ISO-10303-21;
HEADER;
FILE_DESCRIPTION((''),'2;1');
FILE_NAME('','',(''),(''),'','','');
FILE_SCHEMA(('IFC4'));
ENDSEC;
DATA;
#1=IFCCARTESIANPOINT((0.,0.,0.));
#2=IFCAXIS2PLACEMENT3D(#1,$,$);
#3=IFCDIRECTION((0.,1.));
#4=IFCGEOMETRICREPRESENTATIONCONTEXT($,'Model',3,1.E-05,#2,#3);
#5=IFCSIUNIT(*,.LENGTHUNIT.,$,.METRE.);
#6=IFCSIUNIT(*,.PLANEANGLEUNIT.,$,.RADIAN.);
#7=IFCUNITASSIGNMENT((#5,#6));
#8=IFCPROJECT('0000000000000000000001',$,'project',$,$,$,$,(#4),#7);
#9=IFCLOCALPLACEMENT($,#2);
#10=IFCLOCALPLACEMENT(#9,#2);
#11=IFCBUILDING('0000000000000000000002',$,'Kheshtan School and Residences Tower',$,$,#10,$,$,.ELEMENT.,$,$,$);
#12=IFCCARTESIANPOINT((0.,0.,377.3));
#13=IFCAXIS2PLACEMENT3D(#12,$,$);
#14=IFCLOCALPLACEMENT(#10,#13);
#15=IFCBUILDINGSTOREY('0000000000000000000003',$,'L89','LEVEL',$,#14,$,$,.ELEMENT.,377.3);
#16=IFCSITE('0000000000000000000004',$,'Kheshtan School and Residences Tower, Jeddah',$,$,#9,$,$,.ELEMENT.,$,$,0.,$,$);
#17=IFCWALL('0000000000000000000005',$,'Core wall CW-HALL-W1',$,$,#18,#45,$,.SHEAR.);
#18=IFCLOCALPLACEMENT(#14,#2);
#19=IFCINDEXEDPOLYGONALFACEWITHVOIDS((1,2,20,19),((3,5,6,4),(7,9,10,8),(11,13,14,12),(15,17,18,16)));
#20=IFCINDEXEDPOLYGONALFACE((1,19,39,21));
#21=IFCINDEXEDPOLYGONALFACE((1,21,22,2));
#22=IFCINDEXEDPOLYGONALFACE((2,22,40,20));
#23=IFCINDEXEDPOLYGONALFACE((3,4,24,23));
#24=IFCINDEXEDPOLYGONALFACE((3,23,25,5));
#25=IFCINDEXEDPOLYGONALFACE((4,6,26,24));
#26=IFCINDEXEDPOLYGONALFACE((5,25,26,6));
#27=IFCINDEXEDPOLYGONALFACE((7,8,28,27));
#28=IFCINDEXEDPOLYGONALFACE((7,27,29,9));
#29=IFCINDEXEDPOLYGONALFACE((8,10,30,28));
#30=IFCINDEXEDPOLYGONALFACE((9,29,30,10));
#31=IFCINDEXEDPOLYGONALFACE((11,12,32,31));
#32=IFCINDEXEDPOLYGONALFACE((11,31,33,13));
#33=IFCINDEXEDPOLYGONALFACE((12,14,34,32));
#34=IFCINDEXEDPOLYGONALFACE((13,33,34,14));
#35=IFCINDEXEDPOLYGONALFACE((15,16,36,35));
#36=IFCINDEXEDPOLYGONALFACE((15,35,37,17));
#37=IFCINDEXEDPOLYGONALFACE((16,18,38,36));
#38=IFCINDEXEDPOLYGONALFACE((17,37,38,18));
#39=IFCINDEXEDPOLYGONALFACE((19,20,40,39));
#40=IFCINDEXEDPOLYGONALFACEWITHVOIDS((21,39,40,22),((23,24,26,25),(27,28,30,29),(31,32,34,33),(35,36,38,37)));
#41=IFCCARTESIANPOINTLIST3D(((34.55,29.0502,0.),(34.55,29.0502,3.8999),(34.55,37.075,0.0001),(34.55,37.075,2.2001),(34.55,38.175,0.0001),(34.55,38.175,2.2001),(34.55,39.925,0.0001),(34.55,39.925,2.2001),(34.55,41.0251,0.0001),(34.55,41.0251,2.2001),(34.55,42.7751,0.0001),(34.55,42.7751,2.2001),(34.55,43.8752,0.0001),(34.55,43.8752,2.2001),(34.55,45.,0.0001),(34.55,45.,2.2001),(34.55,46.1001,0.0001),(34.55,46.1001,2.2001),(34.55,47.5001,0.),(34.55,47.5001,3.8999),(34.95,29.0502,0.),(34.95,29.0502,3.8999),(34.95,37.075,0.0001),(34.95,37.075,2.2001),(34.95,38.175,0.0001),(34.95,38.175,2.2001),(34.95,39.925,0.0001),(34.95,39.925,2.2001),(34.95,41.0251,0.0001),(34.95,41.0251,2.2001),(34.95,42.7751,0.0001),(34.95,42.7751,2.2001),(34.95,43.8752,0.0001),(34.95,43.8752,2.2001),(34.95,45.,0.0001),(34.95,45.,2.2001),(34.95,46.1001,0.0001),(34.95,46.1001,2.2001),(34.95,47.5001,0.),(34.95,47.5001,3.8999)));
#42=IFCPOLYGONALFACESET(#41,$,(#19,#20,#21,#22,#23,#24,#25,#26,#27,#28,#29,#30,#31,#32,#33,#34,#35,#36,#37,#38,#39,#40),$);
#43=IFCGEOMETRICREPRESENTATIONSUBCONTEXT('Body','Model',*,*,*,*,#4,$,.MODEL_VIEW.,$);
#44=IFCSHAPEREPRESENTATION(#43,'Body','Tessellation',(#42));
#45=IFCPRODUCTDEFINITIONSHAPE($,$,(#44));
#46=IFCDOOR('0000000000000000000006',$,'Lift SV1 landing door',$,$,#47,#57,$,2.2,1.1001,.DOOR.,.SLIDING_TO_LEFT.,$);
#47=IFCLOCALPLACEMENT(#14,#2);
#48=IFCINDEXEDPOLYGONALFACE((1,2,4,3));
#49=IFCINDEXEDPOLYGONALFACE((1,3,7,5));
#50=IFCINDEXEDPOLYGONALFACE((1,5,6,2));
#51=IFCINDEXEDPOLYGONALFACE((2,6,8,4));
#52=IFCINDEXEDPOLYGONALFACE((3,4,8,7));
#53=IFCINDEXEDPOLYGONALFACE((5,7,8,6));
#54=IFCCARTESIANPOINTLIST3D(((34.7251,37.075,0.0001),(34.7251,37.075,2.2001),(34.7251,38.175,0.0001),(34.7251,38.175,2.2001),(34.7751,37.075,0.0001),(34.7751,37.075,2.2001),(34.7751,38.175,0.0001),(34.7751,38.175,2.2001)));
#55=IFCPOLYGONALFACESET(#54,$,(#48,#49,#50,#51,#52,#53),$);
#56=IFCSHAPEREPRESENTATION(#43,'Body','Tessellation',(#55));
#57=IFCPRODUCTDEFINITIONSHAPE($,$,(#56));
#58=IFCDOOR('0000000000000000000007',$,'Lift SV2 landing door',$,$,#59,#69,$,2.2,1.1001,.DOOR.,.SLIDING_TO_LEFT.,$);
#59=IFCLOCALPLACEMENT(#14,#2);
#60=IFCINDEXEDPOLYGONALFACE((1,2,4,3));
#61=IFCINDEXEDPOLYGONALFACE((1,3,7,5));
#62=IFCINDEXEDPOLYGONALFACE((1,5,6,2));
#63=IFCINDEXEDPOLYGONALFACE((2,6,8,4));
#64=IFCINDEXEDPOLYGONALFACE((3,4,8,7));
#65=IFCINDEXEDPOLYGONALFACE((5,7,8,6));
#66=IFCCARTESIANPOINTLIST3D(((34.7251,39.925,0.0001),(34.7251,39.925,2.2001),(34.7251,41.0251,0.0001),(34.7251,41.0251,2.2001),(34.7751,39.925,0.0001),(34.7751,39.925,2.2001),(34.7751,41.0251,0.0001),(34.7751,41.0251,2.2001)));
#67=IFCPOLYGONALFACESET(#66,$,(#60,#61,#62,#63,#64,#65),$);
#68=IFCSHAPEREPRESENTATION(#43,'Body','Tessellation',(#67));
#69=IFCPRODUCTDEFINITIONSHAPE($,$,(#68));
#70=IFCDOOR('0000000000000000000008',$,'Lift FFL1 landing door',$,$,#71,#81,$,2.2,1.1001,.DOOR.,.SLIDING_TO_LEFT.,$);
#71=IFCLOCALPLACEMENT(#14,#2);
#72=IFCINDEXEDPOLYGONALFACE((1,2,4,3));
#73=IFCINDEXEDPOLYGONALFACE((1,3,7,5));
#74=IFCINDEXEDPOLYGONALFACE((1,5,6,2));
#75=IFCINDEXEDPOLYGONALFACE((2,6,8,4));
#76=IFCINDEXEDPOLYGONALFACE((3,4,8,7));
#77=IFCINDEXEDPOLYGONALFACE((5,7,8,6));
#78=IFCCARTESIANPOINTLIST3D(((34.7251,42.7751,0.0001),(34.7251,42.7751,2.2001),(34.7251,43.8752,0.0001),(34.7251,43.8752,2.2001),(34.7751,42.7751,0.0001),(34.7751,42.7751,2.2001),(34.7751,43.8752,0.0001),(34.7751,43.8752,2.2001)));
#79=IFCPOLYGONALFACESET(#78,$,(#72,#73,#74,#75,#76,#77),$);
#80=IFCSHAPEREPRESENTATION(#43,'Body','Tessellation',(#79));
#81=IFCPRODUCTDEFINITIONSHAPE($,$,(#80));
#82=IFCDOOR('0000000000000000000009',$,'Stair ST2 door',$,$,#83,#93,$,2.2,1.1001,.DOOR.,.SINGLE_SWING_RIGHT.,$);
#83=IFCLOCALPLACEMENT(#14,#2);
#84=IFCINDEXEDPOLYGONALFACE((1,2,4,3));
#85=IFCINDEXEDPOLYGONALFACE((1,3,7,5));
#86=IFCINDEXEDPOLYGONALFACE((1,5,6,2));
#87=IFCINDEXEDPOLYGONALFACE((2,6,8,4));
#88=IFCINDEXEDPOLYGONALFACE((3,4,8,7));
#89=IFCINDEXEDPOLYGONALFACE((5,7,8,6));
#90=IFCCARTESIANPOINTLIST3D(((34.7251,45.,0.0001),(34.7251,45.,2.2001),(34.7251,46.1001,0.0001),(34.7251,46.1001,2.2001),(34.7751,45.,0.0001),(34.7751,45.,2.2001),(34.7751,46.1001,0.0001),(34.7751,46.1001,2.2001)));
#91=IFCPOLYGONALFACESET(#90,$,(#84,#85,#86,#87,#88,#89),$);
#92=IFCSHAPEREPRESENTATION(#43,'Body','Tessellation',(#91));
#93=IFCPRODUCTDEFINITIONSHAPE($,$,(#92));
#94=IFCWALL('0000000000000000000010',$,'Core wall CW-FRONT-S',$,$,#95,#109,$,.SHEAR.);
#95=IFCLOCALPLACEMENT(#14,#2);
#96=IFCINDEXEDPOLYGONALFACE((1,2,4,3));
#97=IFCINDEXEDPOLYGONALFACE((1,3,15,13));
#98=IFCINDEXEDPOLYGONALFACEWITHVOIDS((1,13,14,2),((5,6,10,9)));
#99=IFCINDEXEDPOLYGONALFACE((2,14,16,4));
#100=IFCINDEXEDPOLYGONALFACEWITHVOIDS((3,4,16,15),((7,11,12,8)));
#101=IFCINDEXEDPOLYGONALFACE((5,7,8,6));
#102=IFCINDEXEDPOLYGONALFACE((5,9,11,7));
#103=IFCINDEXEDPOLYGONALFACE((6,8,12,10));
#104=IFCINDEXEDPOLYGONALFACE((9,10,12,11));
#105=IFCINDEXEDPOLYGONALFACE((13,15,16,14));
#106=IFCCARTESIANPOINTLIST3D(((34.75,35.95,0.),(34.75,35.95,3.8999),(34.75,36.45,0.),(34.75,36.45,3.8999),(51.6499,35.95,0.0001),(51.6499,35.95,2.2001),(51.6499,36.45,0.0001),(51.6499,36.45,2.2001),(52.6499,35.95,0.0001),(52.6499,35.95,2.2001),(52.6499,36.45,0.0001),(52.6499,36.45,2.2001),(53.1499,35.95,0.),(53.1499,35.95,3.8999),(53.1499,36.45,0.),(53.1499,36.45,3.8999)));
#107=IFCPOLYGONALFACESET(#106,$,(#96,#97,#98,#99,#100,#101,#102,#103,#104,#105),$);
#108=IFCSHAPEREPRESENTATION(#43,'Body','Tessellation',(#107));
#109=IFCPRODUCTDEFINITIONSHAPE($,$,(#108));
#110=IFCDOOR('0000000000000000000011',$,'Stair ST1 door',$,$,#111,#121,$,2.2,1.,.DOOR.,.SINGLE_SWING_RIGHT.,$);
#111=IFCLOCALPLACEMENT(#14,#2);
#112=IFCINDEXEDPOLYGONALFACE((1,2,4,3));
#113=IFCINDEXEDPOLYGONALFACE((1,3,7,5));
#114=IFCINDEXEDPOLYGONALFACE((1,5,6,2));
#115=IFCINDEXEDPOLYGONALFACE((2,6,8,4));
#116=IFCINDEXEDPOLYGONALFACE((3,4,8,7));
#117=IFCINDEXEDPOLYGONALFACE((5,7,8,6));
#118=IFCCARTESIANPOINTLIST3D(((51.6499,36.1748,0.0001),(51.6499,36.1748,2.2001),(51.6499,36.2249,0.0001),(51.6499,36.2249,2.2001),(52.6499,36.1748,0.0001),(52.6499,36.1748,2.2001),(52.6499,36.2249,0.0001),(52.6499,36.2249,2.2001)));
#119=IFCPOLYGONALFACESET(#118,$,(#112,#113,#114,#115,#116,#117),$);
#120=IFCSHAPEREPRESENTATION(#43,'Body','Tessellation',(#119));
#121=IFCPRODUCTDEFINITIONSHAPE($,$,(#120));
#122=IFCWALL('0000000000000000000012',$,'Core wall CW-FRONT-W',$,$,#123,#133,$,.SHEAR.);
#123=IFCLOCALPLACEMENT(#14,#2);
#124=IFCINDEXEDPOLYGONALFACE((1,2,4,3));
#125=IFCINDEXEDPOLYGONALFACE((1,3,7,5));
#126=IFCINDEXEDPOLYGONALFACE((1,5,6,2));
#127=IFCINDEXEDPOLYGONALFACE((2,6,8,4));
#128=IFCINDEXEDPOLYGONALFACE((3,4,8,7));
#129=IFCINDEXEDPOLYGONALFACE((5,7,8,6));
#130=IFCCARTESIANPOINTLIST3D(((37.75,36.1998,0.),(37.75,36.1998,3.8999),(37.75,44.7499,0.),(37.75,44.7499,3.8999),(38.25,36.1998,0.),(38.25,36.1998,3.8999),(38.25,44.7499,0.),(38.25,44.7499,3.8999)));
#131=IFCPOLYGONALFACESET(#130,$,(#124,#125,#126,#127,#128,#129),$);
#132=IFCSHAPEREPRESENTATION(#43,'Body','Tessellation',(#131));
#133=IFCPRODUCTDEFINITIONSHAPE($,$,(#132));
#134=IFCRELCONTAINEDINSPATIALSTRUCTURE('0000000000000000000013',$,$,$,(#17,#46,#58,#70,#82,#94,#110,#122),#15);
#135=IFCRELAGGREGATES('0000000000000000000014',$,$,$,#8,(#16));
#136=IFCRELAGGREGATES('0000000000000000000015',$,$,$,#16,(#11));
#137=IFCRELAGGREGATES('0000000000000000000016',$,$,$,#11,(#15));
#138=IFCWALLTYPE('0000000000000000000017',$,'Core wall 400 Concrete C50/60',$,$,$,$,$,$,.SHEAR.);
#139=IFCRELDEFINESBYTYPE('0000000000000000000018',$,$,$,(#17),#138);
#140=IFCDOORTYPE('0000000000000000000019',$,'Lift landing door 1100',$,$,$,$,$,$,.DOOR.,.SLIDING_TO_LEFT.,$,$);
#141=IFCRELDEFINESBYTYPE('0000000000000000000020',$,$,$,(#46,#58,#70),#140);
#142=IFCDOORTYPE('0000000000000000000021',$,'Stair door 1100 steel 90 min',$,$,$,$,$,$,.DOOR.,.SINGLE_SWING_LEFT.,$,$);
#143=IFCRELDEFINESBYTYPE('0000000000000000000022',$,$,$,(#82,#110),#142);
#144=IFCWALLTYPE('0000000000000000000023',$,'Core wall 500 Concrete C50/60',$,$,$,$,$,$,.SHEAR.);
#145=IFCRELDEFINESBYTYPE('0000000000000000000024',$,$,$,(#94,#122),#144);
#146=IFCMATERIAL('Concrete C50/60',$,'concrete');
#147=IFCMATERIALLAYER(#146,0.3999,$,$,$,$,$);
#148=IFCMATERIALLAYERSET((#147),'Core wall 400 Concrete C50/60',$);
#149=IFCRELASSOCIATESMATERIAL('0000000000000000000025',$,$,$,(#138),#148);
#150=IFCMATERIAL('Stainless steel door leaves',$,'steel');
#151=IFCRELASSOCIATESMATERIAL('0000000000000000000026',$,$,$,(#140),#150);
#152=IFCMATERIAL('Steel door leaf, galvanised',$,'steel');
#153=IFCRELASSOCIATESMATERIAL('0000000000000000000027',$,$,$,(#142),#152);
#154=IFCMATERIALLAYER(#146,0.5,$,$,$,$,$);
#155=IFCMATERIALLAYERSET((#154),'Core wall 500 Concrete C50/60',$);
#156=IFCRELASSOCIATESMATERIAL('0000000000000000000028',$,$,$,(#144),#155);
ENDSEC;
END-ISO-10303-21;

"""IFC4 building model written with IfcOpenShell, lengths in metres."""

from ifc_helpers import new_model, si_unit, direction, frame, frame_2d, origin, place, context, subcontext, project, spatial, rectangle, extrude, source, transform, mapped, material, layer, layer_set, type_object, element, fill, save


model = new_model("IFC4")

# Units and contexts
model_context = context("Model", 3, precision=1e-05, world=origin(), true_north=direction((0.0, 1.0)))
body_context = subcontext(model_context, "Body", "Model", "MODEL_VIEW")
ifc_project = project(units=[si_unit("LENGTHUNIT", "METRE"), si_unit("PLANEANGLEUNIT", "RADIAN")], contexts=[model_context])

# Site, building, storey
site_placement = place(None, origin())
site = spatial("IfcSite", under=ifc_project, at=site_placement, Name="Kheshtan School and Residences Tower, Jeddah", CompositionType="ELEMENT", RefElevation=0.0)
building_placement = place(site_placement, origin())
building = spatial("IfcBuilding", under=site, at=building_placement, Name="Kheshtan School and Residences Tower", CompositionType="ELEMENT")
storey_placement = place(building_placement, frame((0.0, 0.0, 377.3)))
storey = spatial("IfcBuildingStorey", under=building, at=storey_placement, Name="L89", Description="LEVEL", CompositionType="ELEMENT", Elevation=377.3)

# Wall, openings, doors
ifc_material_1 = material(Name="Concrete C50/60", Category="concrete")
ifc_layer_1 = layer(ifc_material_1, 0.3999)
ifc_layer_set_1 = layer_set([ifc_layer_1], Name="Core wall 400 Concrete C50/60")
wall_type_1 = type_object("IfcWallType", Name="Core wall 400 Concrete C50/60", PredefinedType="SHEAR", material=ifc_layer_set_1)
ifc_material_2 = material(Name="Stainless steel door leaves", Category="steel")
door_type_1 = type_object("IfcDoorType", Name="Lift landing door 1100", OperationType="SLIDING_TO_LEFT", PredefinedType="DOOR", material=ifc_material_2)
shared_shape_1 = source(origin(), body_context, "Body", "SweptSolid", [
    extrude(rectangle(XDim=1.1001, YDim=2.2, at=frame_2d((0.55, 1.1001))), frame((0.0, 0.0249, 0.0), z_axis=(0.0, -1.0, 0.0), x_axis=(1.0, 0.0, 0.0)), (0.0, 0.0, 1.0), 0.05),
])
ifc_material_3 = material(Name="Steel door leaf, galvanised", Category="steel")
wall_1_placement = place(storey_placement, frame((34.75, 29.05, 0.0), z_axis=(0.0, 0.0, 1.0), x_axis=(0.0, 1.0, 0.0)))
wall_1 = element("IfcWall", 1, at=wall_1_placement, inside=storey, type_object=wall_type_1, Name="Core wall CW-HALL-W1", PredefinedType="SHEAR", context=body_context, shape_type="SweptSolid", body=[
    extrude(rectangle(XDim=18.45, YDim=0.3999, at=frame_2d((9.2251, 0.0))), origin(), (0.0, 0.0, 1.0), 3.8999),
])
opening_1_placement = place(wall_1_placement, frame((8.0249, 0.0, 0.0)))
opening_1 = element("IfcOpeningElement", 2, at=opening_1_placement, cuts=wall_1, PredefinedType="OPENING", context=body_context, shape_type="SweptSolid", body=[
    extrude(rectangle(XDim=1.1001, YDim=2.2, at=frame_2d((0.55, 1.1001))), frame((0.0, 0.21, 0.0), z_axis=(0.0, -1.0, 0.0), x_axis=(1.0, 0.0, 0.0)), (0.0, 0.0, 1.0), 0.4199),
])
opening_2_placement = place(wall_1_placement, frame((10.875, 0.0, 0.0)))
opening_2 = element("IfcOpeningElement", 3, at=opening_2_placement, cuts=wall_1, PredefinedType="OPENING", context=body_context, shape_type="SweptSolid", body=[
    extrude(rectangle(XDim=1.1001, YDim=2.2, at=frame_2d((0.55, 1.1001))), frame((0.0, 0.21, 0.0), z_axis=(0.0, -1.0, 0.0), x_axis=(1.0, 0.0, 0.0)), (0.0, 0.0, 1.0), 0.4199),
])
opening_3_placement = place(wall_1_placement, frame((13.7251, 0.0, 0.0)))
opening_3 = element("IfcOpeningElement", 4, at=opening_3_placement, cuts=wall_1, PredefinedType="OPENING", context=body_context, shape_type="SweptSolid", body=[
    extrude(rectangle(XDim=1.1001, YDim=2.2, at=frame_2d((0.55, 1.1001))), frame((0.0, 0.21, 0.0), z_axis=(0.0, -1.0, 0.0), x_axis=(1.0, 0.0, 0.0)), (0.0, 0.0, 1.0), 0.4199),
])
opening_4_placement = place(wall_1_placement, frame((15.95, 0.0, 0.0)))
opening_4 = element("IfcOpeningElement", 5, at=opening_4_placement, cuts=wall_1, PredefinedType="OPENING", context=body_context, shape_type="SweptSolid", body=[
    extrude(rectangle(XDim=1.1001, YDim=2.2, at=frame_2d((0.55, 1.1001))), frame((0.0, 0.21, 0.0), z_axis=(0.0, -1.0, 0.0), x_axis=(1.0, 0.0, 0.0)), (0.0, 0.0, 1.0), 0.4199),
])
door_1_placement = place(opening_1_placement, origin())
door_1 = element("IfcDoor", 6, at=door_1_placement, inside=storey, type_object=door_type_1, Name="Lift SV1 landing door", OperationType="SLIDING_TO_LEFT", OverallHeight=2.2, OverallWidth=1.1001, PredefinedType="DOOR", context=body_context, shape_type="MappedRepresentation", body=[
    mapped(shared_shape_1, transform((0.0, 0.0, 0.0), x_axis=(1.0, 0.0, 0.0), y_axis=(0.0, 1.0, 0.0), z_axis=(0.0, 0.0, 1.0), scale=1.0)),
])
fill(opening_1, door_1)
door_2_placement = place(opening_2_placement, origin())
door_2 = element("IfcDoor", 7, at=door_2_placement, inside=storey, type_object=door_type_1, Name="Lift SV2 landing door", OperationType="SLIDING_TO_LEFT", OverallHeight=2.2, OverallWidth=1.1001, PredefinedType="DOOR", context=body_context, shape_type="MappedRepresentation", body=[
    mapped(shared_shape_1, transform((0.0, 0.0, 0.0), x_axis=(1.0, 0.0, 0.0), y_axis=(0.0, 1.0, 0.0), z_axis=(0.0, 0.0, 1.0), scale=1.0)),
])
fill(opening_2, door_2)
door_3_placement = place(opening_3_placement, origin())
door_3 = element("IfcDoor", 8, at=door_3_placement, inside=storey, type_object=door_type_1, Name="Lift FFL1 landing door", OperationType="SLIDING_TO_LEFT", OverallHeight=2.2, OverallWidth=1.1001, PredefinedType="DOOR", context=body_context, shape_type="MappedRepresentation", body=[
    mapped(shared_shape_1, transform((0.0, 0.0, 0.0), x_axis=(1.0, 0.0, 0.0), y_axis=(0.0, 1.0, 0.0), z_axis=(0.0, 0.0, 1.0), scale=1.0)),
])
fill(opening_3, door_3)
door_type_2 = type_object("IfcDoorType", Name="Stair door 1100 steel 90 min", OperationType="SINGLE_SWING_LEFT", PredefinedType="DOOR", material=ifc_material_3)
shared_shape_2 = source(origin(), body_context, "Body", "SweptSolid", [
    extrude(rectangle(XDim=1.1001, YDim=2.2, at=frame_2d((0.55, 1.1001))), frame((0.0, 0.0249, 0.0), z_axis=(0.0, -1.0, 0.0), x_axis=(1.0, 0.0, 0.0)), (0.0, 0.0, 1.0), 0.05),
])
door_4_placement = place(opening_4_placement, origin())
door_4 = element("IfcDoor", 9, at=door_4_placement, inside=storey, type_object=door_type_2, Name="Stair ST2 door", OperationType="SINGLE_SWING_RIGHT", OverallHeight=2.2, OverallWidth=1.1001, PredefinedType="DOOR", context=body_context, shape_type="MappedRepresentation", body=[
    mapped(shared_shape_2, transform((0.0, 0.0, 0.0), x_axis=(1.0, 0.0, 0.0), y_axis=(0.0, 1.0, 0.0), z_axis=(0.0, 0.0, 1.0), scale=1.0)),
])
fill(opening_4, door_4)

# Wall, opening, door
ifc_layer_2 = layer(ifc_material_1, 0.5)
ifc_layer_set_2 = layer_set([ifc_layer_2], Name="Core wall 500 Concrete C50/60")
wall_type_2 = type_object("IfcWallType", Name="Core wall 500 Concrete C50/60", PredefinedType="SHEAR", material=ifc_layer_set_2)
wall_2_placement = place(storey_placement, frame((34.75, 36.2, 0.0), z_axis=(0.0, 0.0, 1.0), x_axis=(1.0, 0.0, 0.0)))
wall_2 = element("IfcWall", 10, at=wall_2_placement, inside=storey, type_object=wall_type_2, Name="Core wall CW-FRONT-S", PredefinedType="SHEAR", context=body_context, shape_type="SweptSolid", body=[
    extrude(rectangle(XDim=18.3999, YDim=0.5, at=frame_2d((9.2, 0.0))), origin(), (0.0, 0.0, 1.0), 3.8999),
])
opening_5_placement = place(wall_2_placement, frame((16.8999, 0.0, 0.0)))
opening_5 = element("IfcOpeningElement", 11, at=opening_5_placement, cuts=wall_2, PredefinedType="OPENING", context=body_context, shape_type="SweptSolid", body=[
    extrude(rectangle(XDim=1.0, YDim=2.2, at=frame_2d((0.5, 1.1001))), frame((0.0, 0.26, 0.0), z_axis=(0.0, -1.0, 0.0), x_axis=(1.0, 0.0, 0.0)), (0.0, 0.0, 1.0), 0.52),
])
shared_shape_3 = source(origin(), body_context, "Body", "SweptSolid", [
    extrude(rectangle(XDim=1.0, YDim=2.2, at=frame_2d((0.5, 1.1001))), frame((0.0, 0.0249, 0.0), z_axis=(0.0, -1.0, 0.0), x_axis=(1.0, 0.0, 0.0)), (0.0, 0.0, 1.0), 0.05),
])
door_5_placement = place(opening_5_placement, origin())
door_5 = element("IfcDoor", 12, at=door_5_placement, inside=storey, type_object=door_type_2, Name="Stair ST1 door", OperationType="SINGLE_SWING_RIGHT", OverallHeight=2.2, OverallWidth=1.0, PredefinedType="DOOR", context=body_context, shape_type="MappedRepresentation", body=[
    mapped(shared_shape_3, transform((0.0, 0.0, 0.0), x_axis=(1.0, 0.0, 0.0), y_axis=(0.0, 1.0, 0.0), z_axis=(0.0, 0.0, 1.0), scale=1.0)),
])
fill(opening_5, door_5)

# Wall
wall_3_placement = place(storey_placement, frame((38.0, 36.2, 0.0), z_axis=(0.0, 0.0, 1.0), x_axis=(0.0, 1.0, 0.0)))
element("IfcWall", 13, at=wall_3_placement, inside=storey, type_object=wall_type_2, Name="Core wall CW-FRONT-W", PredefinedType="SHEAR", context=body_context, shape_type="SweptSolid", body=[
    extrude(rectangle(XDim=8.55, YDim=0.5, at=frame_2d((4.2749, 0.0))), origin(), (0.0, 0.0, 1.0), 3.8999),
])

save(model, "model.ifc")
